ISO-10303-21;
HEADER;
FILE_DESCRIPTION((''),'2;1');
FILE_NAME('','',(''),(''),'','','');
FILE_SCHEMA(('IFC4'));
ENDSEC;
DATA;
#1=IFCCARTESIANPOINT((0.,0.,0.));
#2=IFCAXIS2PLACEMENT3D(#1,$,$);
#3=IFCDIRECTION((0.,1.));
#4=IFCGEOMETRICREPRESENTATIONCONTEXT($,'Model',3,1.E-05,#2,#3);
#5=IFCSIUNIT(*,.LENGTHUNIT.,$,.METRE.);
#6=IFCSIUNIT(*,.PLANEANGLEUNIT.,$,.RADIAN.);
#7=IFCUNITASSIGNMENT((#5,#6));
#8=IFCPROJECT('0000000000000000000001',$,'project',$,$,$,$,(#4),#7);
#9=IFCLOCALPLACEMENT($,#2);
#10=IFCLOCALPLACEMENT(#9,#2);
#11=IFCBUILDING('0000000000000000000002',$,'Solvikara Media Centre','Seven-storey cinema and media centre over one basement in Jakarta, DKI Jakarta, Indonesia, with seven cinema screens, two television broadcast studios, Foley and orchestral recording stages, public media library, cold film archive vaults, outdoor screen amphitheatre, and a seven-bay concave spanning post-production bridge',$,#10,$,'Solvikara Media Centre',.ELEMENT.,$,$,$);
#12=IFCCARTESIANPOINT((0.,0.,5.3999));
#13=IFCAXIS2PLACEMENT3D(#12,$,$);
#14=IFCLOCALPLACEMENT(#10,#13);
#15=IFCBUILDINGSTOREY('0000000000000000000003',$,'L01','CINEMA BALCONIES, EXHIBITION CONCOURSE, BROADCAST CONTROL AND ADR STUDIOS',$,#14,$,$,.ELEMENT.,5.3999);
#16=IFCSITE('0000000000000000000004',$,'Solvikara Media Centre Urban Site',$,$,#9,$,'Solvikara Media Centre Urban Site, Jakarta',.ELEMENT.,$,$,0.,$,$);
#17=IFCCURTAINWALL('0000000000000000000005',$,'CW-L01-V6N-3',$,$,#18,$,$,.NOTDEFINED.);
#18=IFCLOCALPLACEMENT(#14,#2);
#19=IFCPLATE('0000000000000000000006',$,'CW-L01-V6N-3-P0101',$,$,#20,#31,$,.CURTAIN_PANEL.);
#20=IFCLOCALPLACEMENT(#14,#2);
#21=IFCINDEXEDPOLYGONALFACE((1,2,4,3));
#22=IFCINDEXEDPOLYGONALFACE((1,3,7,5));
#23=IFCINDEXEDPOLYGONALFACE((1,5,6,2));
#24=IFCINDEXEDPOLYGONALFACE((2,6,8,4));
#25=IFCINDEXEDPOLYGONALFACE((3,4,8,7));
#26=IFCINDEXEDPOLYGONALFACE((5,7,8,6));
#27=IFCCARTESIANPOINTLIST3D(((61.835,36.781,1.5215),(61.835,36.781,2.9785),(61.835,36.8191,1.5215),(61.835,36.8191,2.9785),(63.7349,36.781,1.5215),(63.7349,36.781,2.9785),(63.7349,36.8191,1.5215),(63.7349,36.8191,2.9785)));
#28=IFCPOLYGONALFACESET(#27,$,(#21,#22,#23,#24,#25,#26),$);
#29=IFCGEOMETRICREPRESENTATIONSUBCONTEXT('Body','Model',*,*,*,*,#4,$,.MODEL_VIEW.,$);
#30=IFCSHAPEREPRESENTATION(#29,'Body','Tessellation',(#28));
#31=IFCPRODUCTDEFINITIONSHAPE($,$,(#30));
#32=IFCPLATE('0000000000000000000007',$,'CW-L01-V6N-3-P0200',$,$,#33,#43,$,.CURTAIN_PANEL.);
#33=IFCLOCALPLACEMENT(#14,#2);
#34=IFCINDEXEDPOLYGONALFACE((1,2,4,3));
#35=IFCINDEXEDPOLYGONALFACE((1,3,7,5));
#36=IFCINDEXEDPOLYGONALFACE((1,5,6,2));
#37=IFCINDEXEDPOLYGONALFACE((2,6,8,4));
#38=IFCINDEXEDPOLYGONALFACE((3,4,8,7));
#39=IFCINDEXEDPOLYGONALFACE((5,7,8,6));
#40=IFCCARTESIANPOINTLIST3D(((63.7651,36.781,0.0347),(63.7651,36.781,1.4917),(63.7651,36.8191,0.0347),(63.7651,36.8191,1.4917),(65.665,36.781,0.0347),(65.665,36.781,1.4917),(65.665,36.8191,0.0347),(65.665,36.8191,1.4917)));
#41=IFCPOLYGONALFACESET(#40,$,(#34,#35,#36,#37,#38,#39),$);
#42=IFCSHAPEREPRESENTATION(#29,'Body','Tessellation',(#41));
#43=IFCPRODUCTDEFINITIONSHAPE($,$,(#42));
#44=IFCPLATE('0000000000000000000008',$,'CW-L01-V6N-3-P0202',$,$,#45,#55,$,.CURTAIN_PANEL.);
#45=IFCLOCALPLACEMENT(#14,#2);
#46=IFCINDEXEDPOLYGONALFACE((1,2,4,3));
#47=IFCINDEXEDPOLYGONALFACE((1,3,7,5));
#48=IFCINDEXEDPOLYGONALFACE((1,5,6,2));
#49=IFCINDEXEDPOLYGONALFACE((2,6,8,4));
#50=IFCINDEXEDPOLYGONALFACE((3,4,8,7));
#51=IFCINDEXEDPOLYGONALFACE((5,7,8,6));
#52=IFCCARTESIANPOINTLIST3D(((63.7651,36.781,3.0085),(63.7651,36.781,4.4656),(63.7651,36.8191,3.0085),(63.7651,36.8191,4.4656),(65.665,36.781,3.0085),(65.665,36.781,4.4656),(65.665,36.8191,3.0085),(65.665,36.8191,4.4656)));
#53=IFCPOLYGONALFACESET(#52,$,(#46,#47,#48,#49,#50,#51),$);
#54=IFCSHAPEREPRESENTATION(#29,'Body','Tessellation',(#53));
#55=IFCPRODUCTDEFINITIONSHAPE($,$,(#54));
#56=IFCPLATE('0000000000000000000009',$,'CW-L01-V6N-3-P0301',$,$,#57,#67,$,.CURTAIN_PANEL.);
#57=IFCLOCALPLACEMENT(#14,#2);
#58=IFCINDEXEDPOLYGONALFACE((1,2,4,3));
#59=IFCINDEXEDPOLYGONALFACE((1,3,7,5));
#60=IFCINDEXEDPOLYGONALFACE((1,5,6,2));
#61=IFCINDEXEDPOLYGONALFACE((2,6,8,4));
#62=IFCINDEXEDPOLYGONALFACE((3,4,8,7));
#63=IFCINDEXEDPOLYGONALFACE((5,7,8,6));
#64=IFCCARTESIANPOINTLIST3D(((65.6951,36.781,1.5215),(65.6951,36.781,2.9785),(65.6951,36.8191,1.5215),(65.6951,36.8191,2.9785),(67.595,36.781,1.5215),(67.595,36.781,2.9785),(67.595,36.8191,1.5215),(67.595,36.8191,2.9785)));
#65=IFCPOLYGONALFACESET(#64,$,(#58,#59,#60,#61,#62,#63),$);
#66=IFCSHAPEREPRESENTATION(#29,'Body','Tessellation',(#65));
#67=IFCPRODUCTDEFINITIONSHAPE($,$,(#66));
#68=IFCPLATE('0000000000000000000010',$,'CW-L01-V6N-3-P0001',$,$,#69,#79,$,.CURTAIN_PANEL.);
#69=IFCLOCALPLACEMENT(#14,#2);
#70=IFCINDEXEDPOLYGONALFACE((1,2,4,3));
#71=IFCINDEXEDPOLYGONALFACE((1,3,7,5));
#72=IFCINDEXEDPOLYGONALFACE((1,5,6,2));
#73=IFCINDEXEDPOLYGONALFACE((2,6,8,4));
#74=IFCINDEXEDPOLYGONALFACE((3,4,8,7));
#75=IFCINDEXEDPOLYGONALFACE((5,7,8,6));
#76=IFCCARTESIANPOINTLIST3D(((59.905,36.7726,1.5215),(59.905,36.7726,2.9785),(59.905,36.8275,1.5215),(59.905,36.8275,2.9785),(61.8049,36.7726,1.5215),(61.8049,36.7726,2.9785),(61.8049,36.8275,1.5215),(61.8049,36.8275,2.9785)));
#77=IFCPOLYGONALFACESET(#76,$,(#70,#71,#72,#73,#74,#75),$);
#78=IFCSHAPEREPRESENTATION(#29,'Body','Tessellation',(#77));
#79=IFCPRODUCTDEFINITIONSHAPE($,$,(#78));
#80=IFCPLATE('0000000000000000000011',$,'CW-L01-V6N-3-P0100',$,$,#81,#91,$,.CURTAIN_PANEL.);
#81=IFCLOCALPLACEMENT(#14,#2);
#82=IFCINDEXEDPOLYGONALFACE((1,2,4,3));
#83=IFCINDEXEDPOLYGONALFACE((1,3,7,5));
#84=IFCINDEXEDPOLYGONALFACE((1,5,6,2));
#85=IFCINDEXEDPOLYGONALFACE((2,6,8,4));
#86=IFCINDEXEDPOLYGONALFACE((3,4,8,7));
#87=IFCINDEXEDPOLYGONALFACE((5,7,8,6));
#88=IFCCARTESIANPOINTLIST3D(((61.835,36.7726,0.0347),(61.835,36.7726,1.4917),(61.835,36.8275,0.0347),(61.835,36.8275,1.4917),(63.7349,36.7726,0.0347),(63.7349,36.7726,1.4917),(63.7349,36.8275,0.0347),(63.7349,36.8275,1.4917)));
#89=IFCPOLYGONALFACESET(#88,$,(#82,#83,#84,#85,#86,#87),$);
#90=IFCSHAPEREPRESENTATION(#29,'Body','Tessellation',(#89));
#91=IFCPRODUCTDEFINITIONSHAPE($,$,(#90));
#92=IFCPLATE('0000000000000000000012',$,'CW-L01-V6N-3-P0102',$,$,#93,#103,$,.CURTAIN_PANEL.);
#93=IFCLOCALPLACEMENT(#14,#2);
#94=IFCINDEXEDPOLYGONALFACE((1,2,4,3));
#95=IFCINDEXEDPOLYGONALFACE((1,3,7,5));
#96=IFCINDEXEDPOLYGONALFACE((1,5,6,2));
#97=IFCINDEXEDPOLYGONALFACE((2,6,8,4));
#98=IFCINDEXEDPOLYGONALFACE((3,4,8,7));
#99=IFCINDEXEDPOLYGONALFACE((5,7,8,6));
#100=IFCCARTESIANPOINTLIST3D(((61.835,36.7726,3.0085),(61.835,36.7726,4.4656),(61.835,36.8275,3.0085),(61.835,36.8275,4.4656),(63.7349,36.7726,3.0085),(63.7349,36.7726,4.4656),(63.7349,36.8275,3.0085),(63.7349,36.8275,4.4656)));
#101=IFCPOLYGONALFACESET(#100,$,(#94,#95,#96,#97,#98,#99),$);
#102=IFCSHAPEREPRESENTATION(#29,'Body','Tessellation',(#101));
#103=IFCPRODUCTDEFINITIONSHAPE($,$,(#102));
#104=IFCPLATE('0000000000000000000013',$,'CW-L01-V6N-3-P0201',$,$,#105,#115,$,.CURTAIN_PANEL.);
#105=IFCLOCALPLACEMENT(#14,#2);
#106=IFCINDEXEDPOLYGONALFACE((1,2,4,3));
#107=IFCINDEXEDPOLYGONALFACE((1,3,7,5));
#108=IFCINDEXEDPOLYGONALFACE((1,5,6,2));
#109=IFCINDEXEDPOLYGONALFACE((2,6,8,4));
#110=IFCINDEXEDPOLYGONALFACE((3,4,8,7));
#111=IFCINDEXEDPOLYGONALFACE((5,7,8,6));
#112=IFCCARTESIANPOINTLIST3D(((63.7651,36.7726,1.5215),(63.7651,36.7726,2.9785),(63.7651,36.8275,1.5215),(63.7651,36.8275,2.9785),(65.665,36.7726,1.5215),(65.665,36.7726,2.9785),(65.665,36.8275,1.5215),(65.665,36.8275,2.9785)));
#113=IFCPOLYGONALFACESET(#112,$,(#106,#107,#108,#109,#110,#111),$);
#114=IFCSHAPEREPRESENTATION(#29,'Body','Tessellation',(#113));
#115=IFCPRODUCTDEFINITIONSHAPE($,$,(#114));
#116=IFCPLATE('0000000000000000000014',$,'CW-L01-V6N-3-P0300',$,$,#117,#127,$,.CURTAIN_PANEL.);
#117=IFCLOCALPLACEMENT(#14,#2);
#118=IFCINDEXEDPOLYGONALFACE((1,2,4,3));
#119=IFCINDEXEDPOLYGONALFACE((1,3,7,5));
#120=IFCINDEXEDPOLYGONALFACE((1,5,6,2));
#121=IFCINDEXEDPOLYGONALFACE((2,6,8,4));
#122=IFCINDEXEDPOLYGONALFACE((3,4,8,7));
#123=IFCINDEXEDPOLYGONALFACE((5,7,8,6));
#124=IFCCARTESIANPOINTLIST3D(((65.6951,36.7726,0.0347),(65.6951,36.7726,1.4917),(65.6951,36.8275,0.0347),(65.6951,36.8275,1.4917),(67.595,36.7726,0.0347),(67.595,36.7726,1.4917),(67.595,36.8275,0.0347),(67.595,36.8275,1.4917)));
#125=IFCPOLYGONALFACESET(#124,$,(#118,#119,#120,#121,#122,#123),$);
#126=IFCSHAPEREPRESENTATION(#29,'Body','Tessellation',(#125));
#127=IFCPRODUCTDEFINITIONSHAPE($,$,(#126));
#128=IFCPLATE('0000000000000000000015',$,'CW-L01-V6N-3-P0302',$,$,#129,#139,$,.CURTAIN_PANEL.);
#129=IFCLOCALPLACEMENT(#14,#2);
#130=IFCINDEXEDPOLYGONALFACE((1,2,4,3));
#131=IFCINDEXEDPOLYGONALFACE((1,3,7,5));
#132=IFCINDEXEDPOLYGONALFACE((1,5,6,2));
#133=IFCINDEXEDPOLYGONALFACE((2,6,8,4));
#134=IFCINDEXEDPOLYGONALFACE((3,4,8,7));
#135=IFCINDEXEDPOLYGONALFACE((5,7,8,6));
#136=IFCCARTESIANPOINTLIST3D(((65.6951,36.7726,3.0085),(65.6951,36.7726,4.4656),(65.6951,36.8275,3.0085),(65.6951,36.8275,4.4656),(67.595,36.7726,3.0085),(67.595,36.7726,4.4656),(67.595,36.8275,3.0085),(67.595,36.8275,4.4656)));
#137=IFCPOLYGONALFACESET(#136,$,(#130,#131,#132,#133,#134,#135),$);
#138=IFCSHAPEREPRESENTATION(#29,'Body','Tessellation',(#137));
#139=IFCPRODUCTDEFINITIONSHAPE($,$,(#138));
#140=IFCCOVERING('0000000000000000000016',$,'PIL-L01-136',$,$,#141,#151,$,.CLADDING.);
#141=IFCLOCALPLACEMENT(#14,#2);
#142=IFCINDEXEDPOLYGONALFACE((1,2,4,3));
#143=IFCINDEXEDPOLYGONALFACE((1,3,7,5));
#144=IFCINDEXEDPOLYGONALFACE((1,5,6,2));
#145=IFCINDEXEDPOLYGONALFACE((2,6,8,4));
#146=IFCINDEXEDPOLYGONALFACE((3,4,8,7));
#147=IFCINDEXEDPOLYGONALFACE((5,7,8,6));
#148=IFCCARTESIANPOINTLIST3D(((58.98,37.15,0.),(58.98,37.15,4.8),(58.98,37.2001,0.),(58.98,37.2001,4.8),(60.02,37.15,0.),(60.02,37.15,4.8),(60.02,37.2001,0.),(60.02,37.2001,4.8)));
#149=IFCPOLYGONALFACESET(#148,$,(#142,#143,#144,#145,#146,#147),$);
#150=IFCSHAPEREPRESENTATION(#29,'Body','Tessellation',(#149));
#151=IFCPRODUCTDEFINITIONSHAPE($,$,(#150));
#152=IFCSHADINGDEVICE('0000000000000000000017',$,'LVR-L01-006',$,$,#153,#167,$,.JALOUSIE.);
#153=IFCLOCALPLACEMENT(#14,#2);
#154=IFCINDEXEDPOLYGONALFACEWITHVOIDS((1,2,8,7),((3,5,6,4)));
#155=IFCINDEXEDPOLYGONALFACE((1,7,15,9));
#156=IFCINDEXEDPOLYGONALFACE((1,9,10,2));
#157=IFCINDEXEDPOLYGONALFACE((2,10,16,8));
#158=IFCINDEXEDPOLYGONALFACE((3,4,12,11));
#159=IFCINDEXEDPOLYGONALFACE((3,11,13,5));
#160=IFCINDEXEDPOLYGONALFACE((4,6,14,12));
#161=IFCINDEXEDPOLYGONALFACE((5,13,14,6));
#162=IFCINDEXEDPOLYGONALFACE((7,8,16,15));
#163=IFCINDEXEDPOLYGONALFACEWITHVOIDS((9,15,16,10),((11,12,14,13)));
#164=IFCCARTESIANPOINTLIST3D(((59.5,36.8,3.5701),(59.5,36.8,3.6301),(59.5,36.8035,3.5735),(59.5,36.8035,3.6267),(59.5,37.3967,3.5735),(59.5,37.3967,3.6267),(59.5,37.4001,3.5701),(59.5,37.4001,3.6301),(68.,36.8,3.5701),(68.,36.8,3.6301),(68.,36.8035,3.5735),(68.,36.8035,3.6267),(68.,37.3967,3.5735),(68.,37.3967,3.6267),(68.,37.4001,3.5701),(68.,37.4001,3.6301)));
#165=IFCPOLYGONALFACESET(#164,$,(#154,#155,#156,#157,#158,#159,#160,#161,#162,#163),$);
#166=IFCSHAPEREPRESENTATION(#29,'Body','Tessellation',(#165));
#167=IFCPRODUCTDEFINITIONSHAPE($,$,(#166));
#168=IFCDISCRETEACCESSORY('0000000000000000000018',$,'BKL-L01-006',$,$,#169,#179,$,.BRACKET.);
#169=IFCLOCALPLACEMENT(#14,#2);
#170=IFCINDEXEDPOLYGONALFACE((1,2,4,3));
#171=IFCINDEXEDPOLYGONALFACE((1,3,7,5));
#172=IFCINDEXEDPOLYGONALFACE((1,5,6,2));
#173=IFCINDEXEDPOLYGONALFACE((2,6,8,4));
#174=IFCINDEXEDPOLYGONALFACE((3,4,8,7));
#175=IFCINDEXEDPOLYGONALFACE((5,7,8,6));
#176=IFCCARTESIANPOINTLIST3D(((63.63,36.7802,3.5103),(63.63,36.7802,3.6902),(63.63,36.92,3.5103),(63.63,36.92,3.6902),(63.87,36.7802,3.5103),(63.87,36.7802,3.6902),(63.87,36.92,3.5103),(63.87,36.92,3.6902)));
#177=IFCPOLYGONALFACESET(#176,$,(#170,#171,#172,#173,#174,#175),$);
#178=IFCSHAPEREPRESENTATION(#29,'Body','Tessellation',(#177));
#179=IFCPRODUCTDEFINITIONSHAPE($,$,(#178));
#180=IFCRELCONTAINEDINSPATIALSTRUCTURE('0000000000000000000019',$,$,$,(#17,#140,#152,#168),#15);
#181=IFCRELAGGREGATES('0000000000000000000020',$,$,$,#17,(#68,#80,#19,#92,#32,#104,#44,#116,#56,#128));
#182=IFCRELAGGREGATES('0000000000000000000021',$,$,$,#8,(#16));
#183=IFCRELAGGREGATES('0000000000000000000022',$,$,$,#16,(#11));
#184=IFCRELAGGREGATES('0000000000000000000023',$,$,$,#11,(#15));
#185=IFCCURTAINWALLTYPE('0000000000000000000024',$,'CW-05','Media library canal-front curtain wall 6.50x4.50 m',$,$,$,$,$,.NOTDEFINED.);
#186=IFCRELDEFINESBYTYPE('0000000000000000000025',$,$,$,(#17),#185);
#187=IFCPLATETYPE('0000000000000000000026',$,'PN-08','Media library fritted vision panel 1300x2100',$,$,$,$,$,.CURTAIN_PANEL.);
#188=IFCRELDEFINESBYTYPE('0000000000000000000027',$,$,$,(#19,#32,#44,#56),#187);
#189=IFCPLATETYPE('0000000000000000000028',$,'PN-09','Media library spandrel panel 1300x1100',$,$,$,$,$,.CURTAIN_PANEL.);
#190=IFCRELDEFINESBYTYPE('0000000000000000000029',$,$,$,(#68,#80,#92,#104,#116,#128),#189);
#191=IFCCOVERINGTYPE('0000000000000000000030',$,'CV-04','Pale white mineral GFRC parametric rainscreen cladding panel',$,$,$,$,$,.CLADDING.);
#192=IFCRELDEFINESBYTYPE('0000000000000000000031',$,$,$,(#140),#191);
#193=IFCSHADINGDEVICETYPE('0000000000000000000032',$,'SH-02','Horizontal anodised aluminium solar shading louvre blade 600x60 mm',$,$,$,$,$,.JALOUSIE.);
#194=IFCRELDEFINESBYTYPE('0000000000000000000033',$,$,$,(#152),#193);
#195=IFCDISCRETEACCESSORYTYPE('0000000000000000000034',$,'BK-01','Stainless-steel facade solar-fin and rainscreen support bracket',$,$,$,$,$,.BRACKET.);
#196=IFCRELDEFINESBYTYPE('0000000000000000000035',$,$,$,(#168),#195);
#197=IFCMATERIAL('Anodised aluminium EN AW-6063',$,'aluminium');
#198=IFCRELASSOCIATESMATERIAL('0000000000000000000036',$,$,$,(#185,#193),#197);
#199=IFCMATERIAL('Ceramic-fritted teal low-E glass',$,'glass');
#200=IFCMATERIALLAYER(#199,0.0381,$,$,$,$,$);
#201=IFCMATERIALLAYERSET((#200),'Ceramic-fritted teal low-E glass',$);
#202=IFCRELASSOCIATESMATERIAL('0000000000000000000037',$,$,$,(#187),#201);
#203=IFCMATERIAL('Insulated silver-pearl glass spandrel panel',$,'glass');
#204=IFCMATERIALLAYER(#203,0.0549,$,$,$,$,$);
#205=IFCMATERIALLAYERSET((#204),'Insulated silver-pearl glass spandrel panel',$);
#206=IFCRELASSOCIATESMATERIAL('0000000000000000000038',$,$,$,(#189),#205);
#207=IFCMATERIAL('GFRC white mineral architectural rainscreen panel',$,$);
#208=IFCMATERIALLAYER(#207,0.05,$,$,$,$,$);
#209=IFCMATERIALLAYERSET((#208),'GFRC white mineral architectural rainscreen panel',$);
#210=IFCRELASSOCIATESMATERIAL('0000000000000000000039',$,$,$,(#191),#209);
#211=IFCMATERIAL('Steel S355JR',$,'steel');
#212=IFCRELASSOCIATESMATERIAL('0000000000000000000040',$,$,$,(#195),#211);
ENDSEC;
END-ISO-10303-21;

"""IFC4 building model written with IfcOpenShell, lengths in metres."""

from ifc_helpers import new_model, si_unit, direction, frame, origin, origin_2d, place, context, subcontext, project, spatial, rectangle, hollow_rectangle, extrude, material, layer, layer_set, material_profile, profile_set, type_object, element, aggregate, save


model = new_model("IFC4")

# Units and contexts
model_context = context("Model", 3, precision=1e-05, world=origin(), true_north=direction((0.0, 1.0)))
body_context = subcontext(model_context, "Body", "Model", "MODEL_VIEW")
ifc_project = project(units=[si_unit("LENGTHUNIT", "METRE"), si_unit("PLANEANGLEUNIT", "RADIAN")], contexts=[model_context])

# Site, building, storey
site_placement = place(None, origin())
site = spatial("IfcSite", under=ifc_project, at=site_placement, Name="Solvikara Media Centre Urban Site", LongName="Solvikara Media Centre Urban Site, Jakarta", CompositionType="ELEMENT", RefElevation=0.0)
building_placement = place(site_placement, origin())
building = spatial("IfcBuilding", under=site, at=building_placement, Name="Solvikara Media Centre", Description="Seven-storey cinema and media centre over one basement in Jakarta, DKI Jakarta, Indonesia, with seven cinema screens, two television broadcast studios, Foley and orchestral recording stages, public media library, cold film archive vaults, outdoor screen amphitheatre, and a seven-bay concave spanning post-production bridge", LongName="Solvikara Media Centre", CompositionType="ELEMENT")
storey_placement = place(building_placement, frame((0.0, 0.0, 5.3999)))
storey = spatial("IfcBuildingStorey", under=building, at=storey_placement, Name="L01", Description="CINEMA BALCONIES, EXHIBITION CONCOURSE, BROADCAST CONTROL AND ADR STUDIOS", CompositionType="ELEMENT", Elevation=5.3999)

# Curtain wall, plates
ifc_material_1 = material(Name="Anodised aluminium EN AW-6063", Category="aluminium")
curtain_wall_type = type_object("IfcCurtainWallType", Name="CW-05", Description="Media library canal-front curtain wall 6.50x4.50 m", PredefinedType="NOTDEFINED", material=ifc_material_1)
curtain_wall_placement = place(storey_placement, origin())
curtain_wall = element("IfcCurtainWall", 1, at=curtain_wall_placement, inside=storey, type_object=curtain_wall_type, Name="CW-L01-V6N-3", PredefinedType="NOTDEFINED")
ifc_material_2 = material(Name="Ceramic-fritted teal low-E glass", Category="glass")
ifc_layer_1 = layer(ifc_material_2, 0.0381)
ifc_layer_set_1 = layer_set([ifc_layer_1], Name="Ceramic-fritted teal low-E glass")
plate_type_1 = type_object("IfcPlateType", Name="PN-08", Description="Media library fritted vision panel 1300x2100", PredefinedType="CURTAIN_PANEL", material=ifc_layer_set_1)
plate_1_placement = place(storey_placement, frame((62.7849, 36.8, 1.5215), z_axis=(0.0, 0.0, 1.0), x_axis=(1.0, 0.0, 0.0)))
plate_1 = element("IfcPlate", 2, at=plate_1_placement, type_object=plate_type_1, Name="CW-L01-V6N-3-P0101", PredefinedType="CURTAIN_PANEL", context=body_context, shape_type="SweptSolid", body=[
    extrude(rectangle(XDim=1.8999, YDim=0.0381, at=origin_2d()), origin(), (0.0, 0.0, 1.0), 1.457),
])
plate_2_placement = place(storey_placement, frame((64.7151, 36.8, 0.0347), z_axis=(0.0, 0.0, 1.0), x_axis=(1.0, 0.0, 0.0)))
plate_2 = element("IfcPlate", 3, at=plate_2_placement, type_object=plate_type_1, Name="CW-L01-V6N-3-P0200", PredefinedType="CURTAIN_PANEL", context=body_context, shape_type="SweptSolid", body=[
    extrude(rectangle(XDim=1.8999, YDim=0.0381, at=origin_2d()), origin(), (0.0, 0.0, 1.0), 1.457),
])
plate_3_placement = place(storey_placement, frame((64.7151, 36.8, 3.0085), z_axis=(0.0, 0.0, 1.0), x_axis=(1.0, 0.0, 0.0)))
plate_3 = element("IfcPlate", 4, at=plate_3_placement, type_object=plate_type_1, Name="CW-L01-V6N-3-P0202", PredefinedType="CURTAIN_PANEL", context=body_context, shape_type="SweptSolid", body=[
    extrude(rectangle(XDim=1.8999, YDim=0.0381, at=origin_2d()), origin(), (0.0, 0.0, 1.0), 1.457),
])
plate_4_placement = place(storey_placement, frame((66.645, 36.8, 1.5215), z_axis=(0.0, 0.0, 1.0), x_axis=(1.0, 0.0, 0.0)))
plate_4 = element("IfcPlate", 5, at=plate_4_placement, type_object=plate_type_1, Name="CW-L01-V6N-3-P0301", PredefinedType="CURTAIN_PANEL", context=body_context, shape_type="SweptSolid", body=[
    extrude(rectangle(XDim=1.8999, YDim=0.0381, at=origin_2d()), origin(), (0.0, 0.0, 1.0), 1.457),
])
ifc_material_3 = material(Name="Insulated silver-pearl glass spandrel panel", Category="glass")
ifc_layer_2 = layer(ifc_material_3, 0.0549)
ifc_layer_set_2 = layer_set([ifc_layer_2], Name="Insulated silver-pearl glass spandrel panel")
plate_type_2 = type_object("IfcPlateType", Name="PN-09", Description="Media library spandrel panel 1300x1100", PredefinedType="CURTAIN_PANEL", material=ifc_layer_set_2)
plate_5_placement = place(storey_placement, frame((60.855, 36.8, 1.5215), z_axis=(0.0, 0.0, 1.0), x_axis=(1.0, 0.0, 0.0)))
plate_5 = element("IfcPlate", 6, at=plate_5_placement, type_object=plate_type_2, Name="CW-L01-V6N-3-P0001", PredefinedType="CURTAIN_PANEL", context=body_context, shape_type="SweptSolid", body=[
    extrude(rectangle(XDim=1.8999, YDim=0.0549, at=origin_2d()), origin(), (0.0, 0.0, 1.0), 1.457),
])
plate_6_placement = place(storey_placement, frame((62.7849, 36.8, 0.0347), z_axis=(0.0, 0.0, 1.0), x_axis=(1.0, 0.0, 0.0)))
plate_6 = element("IfcPlate", 7, at=plate_6_placement, type_object=plate_type_2, Name="CW-L01-V6N-3-P0100", PredefinedType="CURTAIN_PANEL", context=body_context, shape_type="SweptSolid", body=[
    extrude(rectangle(XDim=1.8999, YDim=0.0549, at=origin_2d()), origin(), (0.0, 0.0, 1.0), 1.457),
])
plate_7_placement = place(storey_placement, frame((62.7849, 36.8, 3.0085), z_axis=(0.0, 0.0, 1.0), x_axis=(1.0, 0.0, 0.0)))
plate_7 = element("IfcPlate", 8, at=plate_7_placement, type_object=plate_type_2, Name="CW-L01-V6N-3-P0102", PredefinedType="CURTAIN_PANEL", context=body_context, shape_type="SweptSolid", body=[
    extrude(rectangle(XDim=1.8999, YDim=0.0549, at=origin_2d()), origin(), (0.0, 0.0, 1.0), 1.457),
])
plate_8_placement = place(storey_placement, frame((64.7151, 36.8, 1.5215), z_axis=(0.0, 0.0, 1.0), x_axis=(1.0, 0.0, 0.0)))
plate_8 = element("IfcPlate", 9, at=plate_8_placement, type_object=plate_type_2, Name="CW-L01-V6N-3-P0201", PredefinedType="CURTAIN_PANEL", context=body_context, shape_type="SweptSolid", body=[
    extrude(rectangle(XDim=1.8999, YDim=0.0549, at=origin_2d()), origin(), (0.0, 0.0, 1.0), 1.457),
])
plate_9_placement = place(storey_placement, frame((66.645, 36.8, 0.0347), z_axis=(0.0, 0.0, 1.0), x_axis=(1.0, 0.0, 0.0)))
plate_9 = element("IfcPlate", 10, at=plate_9_placement, type_object=plate_type_2, Name="CW-L01-V6N-3-P0300", PredefinedType="CURTAIN_PANEL", context=body_context, shape_type="SweptSolid", body=[
    extrude(rectangle(XDim=1.8999, YDim=0.0549, at=origin_2d()), origin(), (0.0, 0.0, 1.0), 1.457),
])
plate_10_placement = place(storey_placement, frame((66.645, 36.8, 3.0085), z_axis=(0.0, 0.0, 1.0), x_axis=(1.0, 0.0, 0.0)))
plate_10 = element("IfcPlate", 11, at=plate_10_placement, type_object=plate_type_2, Name="CW-L01-V6N-3-P0302", PredefinedType="CURTAIN_PANEL", context=body_context, shape_type="SweptSolid", body=[
    extrude(rectangle(XDim=1.8999, YDim=0.0549, at=origin_2d()), origin(), (0.0, 0.0, 1.0), 1.457),
])
aggregate(curtain_wall, [plate_5, plate_6, plate_1, plate_7, plate_2, plate_8, plate_3, plate_9, plate_4, plate_10])

# Covering
ifc_material_4 = material(Name="GFRC white mineral architectural rainscreen panel")
ifc_layer_3 = layer(ifc_material_4, 0.05)
ifc_layer_set_3 = layer_set([ifc_layer_3], Name="GFRC white mineral architectural rainscreen panel")
covering_type = type_object("IfcCoveringType", Name="CV-04", Description="Pale white mineral GFRC parametric rainscreen cladding panel", PredefinedType="CLADDING", material=ifc_layer_set_3)
covering_placement = place(storey_placement, frame((59.5, 37.175, 0.0), z_axis=(0.0, 0.0, 1.0), x_axis=(-1.0, 0.0, 0.0)))
element("IfcCovering", 12, at=covering_placement, inside=storey, type_object=covering_type, Name="PIL-L01-136", PredefinedType="CLADDING", context=body_context, shape_type="SweptSolid", body=[
    extrude(rectangle(XDim=1.04, YDim=0.05, at=origin_2d()), origin(), (0.0, 0.0, 1.0), 4.8),
])

# Shading device
ifc_material_profile_1 = material_profile(ifc_material_1, hollow_rectangle(XDim=0.6001, YDim=0.0601, WallThickness=0.0034, at=origin_2d()), Name="ALU-LOUVRE 60x600x3.5")
ifc_profile_set_1 = profile_set([ifc_material_profile_1], Name="Anodised aluminium EN AW-6063")
shading_device_type = type_object("IfcShadingDeviceType", Name="SH-02", Description="Horizontal anodised aluminium solar shading louvre blade 600x60 mm", PredefinedType="JALOUSIE", material=ifc_profile_set_1)
shading_device_placement = place(storey_placement, frame((59.5, 37.1001, 3.6001), z_axis=(1.0, 0.0, 0.0), x_axis=(0.0, 1.0, 0.0)))
element("IfcShadingDevice", 13, at=shading_device_placement, inside=storey, type_object=shading_device_type, Name="LVR-L01-006", PredefinedType="JALOUSIE", context=body_context, shape_type="SweptSolid", body=[
    extrude(hollow_rectangle(XDim=0.6001, YDim=0.0601, WallThickness=0.0034, at=origin_2d()), origin(), (0.0, 0.0, 1.0), 8.5),
])

# Discrete accessory
ifc_material_5 = material(Name="Steel S355JR", Category="steel")
discrete_accessory_type = type_object("IfcDiscreteAccessoryType", Name="BK-01", Description="Stainless-steel facade solar-fin and rainscreen support bracket", PredefinedType="BRACKET", material=ifc_material_5)
discrete_accessory_placement = place(storey_placement, frame((63.75, 36.8501, 3.5103), z_axis=(0.0, 0.0, 1.0), x_axis=(1.0, 0.0, 0.0)))
element("IfcDiscreteAccessory", 14, at=discrete_accessory_placement, inside=storey, type_object=discrete_accessory_type, Name="BKL-L01-006", PredefinedType="BRACKET", context=body_context, shape_type="SweptSolid", body=[
    extrude(rectangle(XDim=0.24, YDim=0.1399, at=origin_2d()), origin(), (0.0, 0.0, 1.0), 0.1799),
])

save(model, "model.ifc")
